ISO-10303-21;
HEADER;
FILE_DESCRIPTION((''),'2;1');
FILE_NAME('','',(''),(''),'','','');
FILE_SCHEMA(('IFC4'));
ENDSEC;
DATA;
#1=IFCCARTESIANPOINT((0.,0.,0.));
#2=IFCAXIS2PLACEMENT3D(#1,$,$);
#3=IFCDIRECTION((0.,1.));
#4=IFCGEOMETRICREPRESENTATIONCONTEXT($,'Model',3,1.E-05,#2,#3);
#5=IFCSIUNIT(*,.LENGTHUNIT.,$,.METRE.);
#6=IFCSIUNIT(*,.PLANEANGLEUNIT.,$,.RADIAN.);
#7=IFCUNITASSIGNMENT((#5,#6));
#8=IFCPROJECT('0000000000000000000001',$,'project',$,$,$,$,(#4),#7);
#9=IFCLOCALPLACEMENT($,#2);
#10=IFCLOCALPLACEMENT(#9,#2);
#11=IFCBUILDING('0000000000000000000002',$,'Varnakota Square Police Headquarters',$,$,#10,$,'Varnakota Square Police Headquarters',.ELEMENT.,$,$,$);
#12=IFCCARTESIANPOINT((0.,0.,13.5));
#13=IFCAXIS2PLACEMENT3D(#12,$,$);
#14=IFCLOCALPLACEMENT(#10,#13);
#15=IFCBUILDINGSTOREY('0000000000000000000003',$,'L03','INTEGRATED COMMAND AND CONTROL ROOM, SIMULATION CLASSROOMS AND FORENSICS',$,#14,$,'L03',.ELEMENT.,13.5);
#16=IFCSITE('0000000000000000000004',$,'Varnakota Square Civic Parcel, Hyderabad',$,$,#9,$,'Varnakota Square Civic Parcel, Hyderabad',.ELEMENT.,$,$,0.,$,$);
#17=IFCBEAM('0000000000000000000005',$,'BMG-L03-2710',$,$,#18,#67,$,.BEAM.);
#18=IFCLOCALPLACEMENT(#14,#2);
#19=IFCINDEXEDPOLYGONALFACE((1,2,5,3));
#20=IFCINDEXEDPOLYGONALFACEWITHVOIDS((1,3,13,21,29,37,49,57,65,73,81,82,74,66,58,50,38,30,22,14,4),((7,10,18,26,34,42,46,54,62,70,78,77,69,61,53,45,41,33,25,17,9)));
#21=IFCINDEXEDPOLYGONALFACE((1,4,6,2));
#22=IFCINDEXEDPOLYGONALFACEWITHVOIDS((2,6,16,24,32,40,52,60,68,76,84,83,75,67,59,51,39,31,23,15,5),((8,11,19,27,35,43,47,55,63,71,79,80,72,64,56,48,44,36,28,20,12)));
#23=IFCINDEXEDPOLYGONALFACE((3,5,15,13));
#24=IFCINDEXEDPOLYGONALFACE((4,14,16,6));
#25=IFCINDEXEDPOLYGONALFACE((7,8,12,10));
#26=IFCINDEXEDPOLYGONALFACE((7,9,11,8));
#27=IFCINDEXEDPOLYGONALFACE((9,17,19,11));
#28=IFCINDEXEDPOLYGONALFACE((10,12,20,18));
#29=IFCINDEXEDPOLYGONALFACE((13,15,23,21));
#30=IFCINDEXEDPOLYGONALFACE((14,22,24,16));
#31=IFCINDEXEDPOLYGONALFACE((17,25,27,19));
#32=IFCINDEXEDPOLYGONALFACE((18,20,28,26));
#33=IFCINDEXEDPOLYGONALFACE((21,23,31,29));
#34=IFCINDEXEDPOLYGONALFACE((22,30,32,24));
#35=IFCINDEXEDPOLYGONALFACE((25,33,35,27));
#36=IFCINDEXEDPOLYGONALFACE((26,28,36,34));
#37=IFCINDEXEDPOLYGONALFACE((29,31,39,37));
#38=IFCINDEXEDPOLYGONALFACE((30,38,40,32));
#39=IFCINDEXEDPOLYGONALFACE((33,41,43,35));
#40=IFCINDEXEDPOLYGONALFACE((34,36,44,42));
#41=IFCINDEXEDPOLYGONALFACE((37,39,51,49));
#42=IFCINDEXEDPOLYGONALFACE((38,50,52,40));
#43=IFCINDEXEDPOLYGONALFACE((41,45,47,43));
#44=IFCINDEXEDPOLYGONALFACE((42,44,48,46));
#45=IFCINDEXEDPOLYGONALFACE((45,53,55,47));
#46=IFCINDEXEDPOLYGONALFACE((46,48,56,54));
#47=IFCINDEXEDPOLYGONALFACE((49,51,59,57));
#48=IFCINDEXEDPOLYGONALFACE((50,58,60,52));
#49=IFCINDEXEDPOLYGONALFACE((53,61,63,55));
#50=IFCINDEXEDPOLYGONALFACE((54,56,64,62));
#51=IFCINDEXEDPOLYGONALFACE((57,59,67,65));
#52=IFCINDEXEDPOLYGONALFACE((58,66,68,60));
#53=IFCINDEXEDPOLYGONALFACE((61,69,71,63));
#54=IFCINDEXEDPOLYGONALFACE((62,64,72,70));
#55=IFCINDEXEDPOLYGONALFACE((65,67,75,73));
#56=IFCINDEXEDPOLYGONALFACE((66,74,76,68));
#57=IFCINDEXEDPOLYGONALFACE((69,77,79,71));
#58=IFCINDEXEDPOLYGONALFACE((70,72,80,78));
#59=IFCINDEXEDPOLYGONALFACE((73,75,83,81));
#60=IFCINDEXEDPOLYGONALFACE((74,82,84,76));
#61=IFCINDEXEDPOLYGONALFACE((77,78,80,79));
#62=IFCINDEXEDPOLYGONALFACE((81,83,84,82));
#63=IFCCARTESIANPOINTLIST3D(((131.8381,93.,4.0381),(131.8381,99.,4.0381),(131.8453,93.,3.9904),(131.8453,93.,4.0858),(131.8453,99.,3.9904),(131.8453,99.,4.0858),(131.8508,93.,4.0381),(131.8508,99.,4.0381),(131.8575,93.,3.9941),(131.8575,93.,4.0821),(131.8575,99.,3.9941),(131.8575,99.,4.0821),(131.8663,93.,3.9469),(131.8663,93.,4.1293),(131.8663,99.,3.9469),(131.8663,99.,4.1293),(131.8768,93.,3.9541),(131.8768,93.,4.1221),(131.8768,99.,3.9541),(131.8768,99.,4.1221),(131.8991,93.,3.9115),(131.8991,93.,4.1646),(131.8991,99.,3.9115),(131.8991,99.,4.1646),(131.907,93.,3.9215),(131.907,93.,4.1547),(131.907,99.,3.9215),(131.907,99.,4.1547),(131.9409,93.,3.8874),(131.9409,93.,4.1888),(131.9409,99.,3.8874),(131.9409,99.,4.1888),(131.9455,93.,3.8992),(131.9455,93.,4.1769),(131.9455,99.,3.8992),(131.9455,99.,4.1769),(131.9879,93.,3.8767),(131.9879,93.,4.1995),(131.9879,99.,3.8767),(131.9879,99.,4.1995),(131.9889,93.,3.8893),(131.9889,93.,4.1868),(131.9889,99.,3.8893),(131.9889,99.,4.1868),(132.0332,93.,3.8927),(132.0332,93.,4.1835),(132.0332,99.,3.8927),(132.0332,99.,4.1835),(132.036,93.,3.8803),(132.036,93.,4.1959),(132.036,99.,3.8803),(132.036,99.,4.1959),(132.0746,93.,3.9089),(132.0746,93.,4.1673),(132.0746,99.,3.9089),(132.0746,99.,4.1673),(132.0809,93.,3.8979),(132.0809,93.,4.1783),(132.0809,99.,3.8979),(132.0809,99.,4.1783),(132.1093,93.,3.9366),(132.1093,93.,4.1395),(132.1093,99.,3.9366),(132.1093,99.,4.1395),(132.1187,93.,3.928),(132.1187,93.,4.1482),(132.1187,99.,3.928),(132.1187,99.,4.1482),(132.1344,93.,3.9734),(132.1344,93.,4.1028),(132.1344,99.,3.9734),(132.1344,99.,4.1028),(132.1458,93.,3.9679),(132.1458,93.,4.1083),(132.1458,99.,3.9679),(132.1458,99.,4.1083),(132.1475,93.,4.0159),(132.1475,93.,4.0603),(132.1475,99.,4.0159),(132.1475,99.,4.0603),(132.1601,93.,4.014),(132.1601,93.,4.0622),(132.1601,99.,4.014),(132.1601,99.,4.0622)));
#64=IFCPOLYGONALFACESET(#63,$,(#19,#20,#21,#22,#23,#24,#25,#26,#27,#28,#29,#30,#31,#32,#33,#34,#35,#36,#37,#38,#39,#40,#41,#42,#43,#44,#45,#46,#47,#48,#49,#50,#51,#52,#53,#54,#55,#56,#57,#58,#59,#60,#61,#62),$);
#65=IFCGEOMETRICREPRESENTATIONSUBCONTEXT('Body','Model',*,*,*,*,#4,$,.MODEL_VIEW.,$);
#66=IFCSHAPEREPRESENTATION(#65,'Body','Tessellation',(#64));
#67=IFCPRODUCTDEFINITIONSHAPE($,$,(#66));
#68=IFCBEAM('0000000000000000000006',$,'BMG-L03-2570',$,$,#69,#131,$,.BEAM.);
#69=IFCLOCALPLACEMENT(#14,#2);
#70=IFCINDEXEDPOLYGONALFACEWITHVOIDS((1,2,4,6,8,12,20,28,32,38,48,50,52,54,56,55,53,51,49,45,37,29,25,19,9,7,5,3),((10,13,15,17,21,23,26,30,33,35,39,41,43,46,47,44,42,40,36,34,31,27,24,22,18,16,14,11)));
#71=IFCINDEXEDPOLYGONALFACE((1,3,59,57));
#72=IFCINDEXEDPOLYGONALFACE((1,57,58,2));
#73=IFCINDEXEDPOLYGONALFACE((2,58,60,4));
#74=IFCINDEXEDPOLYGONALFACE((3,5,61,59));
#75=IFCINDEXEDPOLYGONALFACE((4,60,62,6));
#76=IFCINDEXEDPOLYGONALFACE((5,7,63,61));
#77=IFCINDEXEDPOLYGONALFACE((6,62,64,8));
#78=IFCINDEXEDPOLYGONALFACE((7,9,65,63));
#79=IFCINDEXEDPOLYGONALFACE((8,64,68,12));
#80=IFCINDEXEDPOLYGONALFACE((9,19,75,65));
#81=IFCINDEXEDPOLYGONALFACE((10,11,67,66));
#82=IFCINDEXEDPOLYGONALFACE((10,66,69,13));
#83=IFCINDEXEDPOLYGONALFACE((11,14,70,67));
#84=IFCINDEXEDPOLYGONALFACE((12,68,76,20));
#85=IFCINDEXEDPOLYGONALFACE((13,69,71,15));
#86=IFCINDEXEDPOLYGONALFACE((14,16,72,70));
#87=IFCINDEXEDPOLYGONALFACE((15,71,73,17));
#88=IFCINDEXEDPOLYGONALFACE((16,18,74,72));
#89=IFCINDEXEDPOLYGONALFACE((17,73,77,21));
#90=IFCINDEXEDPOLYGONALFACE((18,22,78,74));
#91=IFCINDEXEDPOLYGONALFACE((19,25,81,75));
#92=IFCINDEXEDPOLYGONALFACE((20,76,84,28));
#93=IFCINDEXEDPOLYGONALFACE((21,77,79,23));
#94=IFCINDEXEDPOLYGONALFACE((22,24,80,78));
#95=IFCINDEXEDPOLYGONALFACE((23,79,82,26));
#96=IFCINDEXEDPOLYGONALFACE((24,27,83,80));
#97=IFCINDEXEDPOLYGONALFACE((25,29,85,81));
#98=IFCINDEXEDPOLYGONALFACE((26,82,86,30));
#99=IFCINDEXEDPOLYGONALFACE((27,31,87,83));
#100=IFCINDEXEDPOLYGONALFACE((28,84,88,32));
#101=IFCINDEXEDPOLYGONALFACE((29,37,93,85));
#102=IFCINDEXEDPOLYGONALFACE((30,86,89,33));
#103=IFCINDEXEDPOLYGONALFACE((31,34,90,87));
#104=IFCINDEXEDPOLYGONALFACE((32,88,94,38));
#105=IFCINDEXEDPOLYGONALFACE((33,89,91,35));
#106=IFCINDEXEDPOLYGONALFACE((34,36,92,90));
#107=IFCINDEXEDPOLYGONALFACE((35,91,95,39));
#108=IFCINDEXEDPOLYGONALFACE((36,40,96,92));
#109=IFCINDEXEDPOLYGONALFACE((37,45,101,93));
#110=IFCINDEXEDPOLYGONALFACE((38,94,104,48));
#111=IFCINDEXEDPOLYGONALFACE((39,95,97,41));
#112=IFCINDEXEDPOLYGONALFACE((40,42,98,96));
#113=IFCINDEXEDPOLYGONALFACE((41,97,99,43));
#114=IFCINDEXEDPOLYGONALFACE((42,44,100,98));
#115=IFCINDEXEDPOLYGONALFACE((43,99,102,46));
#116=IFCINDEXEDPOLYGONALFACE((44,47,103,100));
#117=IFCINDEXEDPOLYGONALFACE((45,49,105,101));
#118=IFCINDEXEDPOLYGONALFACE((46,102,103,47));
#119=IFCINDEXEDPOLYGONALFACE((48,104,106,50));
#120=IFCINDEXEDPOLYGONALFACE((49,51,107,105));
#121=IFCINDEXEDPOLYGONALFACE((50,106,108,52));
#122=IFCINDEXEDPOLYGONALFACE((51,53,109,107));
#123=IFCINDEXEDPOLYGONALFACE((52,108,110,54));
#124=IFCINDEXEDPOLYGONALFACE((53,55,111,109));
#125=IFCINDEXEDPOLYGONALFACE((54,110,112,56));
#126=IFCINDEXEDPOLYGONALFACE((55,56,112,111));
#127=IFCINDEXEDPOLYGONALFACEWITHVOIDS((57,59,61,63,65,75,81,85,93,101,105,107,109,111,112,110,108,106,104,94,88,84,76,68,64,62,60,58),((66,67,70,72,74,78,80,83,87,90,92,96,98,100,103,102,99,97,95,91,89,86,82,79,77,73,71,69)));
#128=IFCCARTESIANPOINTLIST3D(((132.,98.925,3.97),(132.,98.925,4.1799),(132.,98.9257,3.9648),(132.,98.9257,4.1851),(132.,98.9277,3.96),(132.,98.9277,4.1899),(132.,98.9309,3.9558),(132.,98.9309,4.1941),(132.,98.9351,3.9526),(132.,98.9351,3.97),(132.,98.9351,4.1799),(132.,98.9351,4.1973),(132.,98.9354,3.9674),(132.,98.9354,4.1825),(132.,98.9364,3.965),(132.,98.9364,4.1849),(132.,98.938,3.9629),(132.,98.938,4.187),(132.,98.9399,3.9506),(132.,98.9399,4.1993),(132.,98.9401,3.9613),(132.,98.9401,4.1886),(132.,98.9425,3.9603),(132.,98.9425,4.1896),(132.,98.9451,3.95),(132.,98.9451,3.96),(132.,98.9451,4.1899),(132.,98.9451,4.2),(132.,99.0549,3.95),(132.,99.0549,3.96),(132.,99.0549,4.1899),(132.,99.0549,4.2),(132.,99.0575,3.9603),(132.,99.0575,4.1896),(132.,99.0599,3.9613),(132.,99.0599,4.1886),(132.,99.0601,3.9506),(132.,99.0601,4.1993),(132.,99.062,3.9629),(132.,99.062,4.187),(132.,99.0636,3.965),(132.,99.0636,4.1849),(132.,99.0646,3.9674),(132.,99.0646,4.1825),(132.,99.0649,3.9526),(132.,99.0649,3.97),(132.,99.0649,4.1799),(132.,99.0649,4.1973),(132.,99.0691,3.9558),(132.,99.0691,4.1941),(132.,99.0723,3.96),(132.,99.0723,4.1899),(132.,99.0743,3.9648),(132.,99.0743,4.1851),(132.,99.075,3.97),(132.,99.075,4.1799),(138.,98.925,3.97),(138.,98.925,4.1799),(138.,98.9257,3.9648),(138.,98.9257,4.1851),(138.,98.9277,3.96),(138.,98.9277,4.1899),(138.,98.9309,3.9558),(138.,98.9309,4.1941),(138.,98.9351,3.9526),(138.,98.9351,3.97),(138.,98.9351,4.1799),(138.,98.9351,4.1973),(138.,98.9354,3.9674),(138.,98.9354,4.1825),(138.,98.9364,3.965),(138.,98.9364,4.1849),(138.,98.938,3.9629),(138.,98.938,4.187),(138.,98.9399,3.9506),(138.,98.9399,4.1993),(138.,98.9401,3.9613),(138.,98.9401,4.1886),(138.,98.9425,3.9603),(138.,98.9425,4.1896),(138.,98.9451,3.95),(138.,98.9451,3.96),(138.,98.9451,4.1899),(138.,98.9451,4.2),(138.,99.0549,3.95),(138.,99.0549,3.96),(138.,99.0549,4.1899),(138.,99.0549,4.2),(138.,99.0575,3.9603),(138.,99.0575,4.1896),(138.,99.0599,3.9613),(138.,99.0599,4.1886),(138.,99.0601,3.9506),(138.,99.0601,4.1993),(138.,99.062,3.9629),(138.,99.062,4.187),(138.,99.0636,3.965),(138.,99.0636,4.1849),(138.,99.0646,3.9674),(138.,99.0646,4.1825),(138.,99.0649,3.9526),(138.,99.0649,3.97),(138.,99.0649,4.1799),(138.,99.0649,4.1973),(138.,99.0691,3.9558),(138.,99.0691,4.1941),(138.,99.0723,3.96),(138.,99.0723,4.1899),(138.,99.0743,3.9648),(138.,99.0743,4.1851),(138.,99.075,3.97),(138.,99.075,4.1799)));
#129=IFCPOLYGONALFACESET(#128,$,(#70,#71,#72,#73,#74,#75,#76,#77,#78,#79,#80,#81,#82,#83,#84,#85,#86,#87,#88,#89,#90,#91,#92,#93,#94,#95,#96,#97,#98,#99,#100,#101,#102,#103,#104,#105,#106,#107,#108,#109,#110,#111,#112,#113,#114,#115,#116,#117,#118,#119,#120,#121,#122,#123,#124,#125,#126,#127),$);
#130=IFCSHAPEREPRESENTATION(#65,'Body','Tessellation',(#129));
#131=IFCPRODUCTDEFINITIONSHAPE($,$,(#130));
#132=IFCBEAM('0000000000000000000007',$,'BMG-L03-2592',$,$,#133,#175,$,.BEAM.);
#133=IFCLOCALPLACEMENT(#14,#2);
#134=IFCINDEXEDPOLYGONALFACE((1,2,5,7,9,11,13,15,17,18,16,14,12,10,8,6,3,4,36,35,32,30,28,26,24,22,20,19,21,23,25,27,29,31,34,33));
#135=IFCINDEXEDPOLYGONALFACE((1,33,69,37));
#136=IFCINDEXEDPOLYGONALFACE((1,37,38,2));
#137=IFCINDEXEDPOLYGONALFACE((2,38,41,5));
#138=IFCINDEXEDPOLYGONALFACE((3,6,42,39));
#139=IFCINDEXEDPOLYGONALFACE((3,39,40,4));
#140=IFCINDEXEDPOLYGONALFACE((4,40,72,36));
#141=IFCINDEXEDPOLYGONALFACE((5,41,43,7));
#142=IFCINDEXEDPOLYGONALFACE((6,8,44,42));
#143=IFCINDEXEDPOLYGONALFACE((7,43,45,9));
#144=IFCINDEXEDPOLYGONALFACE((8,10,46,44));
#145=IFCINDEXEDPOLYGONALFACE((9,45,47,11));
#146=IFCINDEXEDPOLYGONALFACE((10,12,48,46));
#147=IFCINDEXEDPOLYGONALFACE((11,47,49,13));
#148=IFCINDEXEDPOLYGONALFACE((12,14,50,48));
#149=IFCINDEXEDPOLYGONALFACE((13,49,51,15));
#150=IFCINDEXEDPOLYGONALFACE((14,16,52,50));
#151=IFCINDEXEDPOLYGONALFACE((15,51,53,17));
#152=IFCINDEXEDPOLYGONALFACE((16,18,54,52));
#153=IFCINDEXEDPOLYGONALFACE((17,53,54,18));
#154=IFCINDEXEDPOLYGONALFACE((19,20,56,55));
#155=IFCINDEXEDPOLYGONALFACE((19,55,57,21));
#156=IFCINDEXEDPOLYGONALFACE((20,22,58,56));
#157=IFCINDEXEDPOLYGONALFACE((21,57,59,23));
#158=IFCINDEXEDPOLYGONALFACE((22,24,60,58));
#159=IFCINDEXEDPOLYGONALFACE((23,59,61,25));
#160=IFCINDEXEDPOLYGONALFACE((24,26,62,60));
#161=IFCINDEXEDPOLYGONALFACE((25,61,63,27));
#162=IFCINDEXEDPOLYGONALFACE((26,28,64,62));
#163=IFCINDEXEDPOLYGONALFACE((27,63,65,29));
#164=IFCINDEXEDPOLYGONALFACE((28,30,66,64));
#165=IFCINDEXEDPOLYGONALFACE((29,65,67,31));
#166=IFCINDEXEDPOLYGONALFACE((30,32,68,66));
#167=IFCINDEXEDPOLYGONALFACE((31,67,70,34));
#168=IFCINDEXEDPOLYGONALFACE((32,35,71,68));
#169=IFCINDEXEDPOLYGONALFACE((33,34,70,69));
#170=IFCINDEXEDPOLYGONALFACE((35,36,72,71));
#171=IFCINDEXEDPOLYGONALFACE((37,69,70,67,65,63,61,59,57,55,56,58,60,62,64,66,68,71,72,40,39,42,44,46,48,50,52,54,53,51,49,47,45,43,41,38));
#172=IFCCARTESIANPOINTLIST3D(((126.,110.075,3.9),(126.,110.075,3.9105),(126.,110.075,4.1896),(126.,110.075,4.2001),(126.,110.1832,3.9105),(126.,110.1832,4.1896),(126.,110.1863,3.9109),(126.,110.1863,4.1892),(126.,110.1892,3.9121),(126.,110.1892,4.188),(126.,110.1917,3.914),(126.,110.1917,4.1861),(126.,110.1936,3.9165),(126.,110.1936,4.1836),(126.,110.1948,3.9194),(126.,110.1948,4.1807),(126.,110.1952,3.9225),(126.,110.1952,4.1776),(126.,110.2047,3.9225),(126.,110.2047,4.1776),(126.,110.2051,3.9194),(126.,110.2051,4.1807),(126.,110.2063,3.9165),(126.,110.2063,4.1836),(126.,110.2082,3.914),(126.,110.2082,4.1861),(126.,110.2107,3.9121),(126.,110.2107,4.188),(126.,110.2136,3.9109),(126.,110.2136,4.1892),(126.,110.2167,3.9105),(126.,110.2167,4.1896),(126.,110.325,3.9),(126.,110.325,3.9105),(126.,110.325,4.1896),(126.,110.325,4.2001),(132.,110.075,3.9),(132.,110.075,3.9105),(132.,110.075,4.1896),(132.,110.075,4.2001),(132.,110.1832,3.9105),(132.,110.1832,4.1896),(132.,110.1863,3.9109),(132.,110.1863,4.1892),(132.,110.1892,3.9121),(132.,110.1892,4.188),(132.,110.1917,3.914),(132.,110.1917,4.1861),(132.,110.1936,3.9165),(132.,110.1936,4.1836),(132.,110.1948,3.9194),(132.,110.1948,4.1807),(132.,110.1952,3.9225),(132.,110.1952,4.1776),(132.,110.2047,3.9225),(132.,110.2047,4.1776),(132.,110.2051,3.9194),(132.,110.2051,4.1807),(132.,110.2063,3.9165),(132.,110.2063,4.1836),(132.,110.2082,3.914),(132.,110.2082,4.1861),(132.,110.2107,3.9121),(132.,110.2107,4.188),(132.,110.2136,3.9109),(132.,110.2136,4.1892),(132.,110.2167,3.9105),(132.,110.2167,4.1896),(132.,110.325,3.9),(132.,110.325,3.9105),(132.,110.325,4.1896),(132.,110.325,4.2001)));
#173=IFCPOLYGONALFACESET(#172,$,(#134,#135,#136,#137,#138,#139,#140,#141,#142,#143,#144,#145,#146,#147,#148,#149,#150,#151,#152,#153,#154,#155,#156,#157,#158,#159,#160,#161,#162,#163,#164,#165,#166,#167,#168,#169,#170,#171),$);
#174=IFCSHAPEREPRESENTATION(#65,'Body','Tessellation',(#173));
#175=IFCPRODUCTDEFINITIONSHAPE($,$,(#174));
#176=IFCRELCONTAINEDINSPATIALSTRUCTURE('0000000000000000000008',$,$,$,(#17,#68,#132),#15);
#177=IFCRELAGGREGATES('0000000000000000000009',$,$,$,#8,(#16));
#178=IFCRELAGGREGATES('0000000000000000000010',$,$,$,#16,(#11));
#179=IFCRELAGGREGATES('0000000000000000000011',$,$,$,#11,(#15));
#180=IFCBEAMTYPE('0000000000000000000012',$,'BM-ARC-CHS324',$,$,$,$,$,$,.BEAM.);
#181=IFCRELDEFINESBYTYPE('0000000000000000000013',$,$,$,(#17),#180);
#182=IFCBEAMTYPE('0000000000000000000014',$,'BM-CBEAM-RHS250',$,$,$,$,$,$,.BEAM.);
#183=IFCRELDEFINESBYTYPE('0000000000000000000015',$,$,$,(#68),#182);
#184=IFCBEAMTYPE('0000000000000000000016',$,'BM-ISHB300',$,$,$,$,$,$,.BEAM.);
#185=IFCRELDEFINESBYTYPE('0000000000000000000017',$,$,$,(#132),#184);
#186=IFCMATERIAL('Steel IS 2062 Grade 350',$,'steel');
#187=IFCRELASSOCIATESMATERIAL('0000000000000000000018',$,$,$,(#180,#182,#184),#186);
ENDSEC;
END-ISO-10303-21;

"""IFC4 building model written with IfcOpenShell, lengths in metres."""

from ifc_helpers import new_model, si_unit, direction, frame, origin, origin_2d, place, context, subcontext, project, spatial, hollow_rectangle, hollow_circle, i_section, extrude, material, material_profile, profile_set, type_object, element, save


model = new_model("IFC4")

# Units and contexts
model_context = context("Model", 3, precision=1e-05, world=origin(), true_north=direction((0.0, 1.0)))
body_context = subcontext(model_context, "Body", "Model", "MODEL_VIEW")
ifc_project = project(units=[si_unit("LENGTHUNIT", "METRE"), si_unit("PLANEANGLEUNIT", "RADIAN")], contexts=[model_context])

# Site, building, storey
site_placement = place(None, origin())
site = spatial("IfcSite", under=ifc_project, at=site_placement, Name="Varnakota Square Civic Parcel, Hyderabad", LongName="Varnakota Square Civic Parcel, Hyderabad", CompositionType="ELEMENT", RefElevation=0.0)
building_placement = place(site_placement, origin())
building = spatial("IfcBuilding", under=site, at=building_placement, Name="Varnakota Square Police Headquarters", LongName="Varnakota Square Police Headquarters", CompositionType="ELEMENT")
storey_placement = place(building_placement, frame((0.0, 0.0, 13.5)))
storey = spatial("IfcBuildingStorey", under=building, at=storey_placement, Name="L03", Description="INTEGRATED COMMAND AND CONTROL ROOM, SIMULATION CLASSROOMS AND FORENSICS", LongName="L03", CompositionType="ELEMENT", Elevation=13.5)

# Shared definitions
ifc_material_1 = material(Name="Steel IS 2062 Grade 350", Category="steel")

# Beams
ifc_material_profile_1 = material_profile(ifc_material_1, hollow_circle(Radius=0.1619, WallThickness=0.0127, at=origin_2d()), Name="CHS 323.9x12.7")
ifc_profile_set_1 = profile_set([ifc_material_profile_1], Name="Steel IS 2062 Grade 350")
beam_type_1 = type_object("IfcBeamType", Name="BM-ARC-CHS324", PredefinedType="BEAM", material=ifc_profile_set_1)
beam_1_placement = place(storey_placement, frame((132.0, 93.0, 4.0381), z_axis=(0.0, 1.0, 0.0), x_axis=(-1.0, 0.0, 0.0)))
element("IfcBeam", 1, at=beam_1_placement, inside=storey, type_object=beam_type_1, Name="BMG-L03-2710", PredefinedType="BEAM", context=body_context, shape_type="SweptSolid", body=[
    extrude(hollow_circle(Radius=0.1619, WallThickness=0.0127, at=origin_2d()), origin(), (0.0, 0.0, 1.0), 6.0),
])
ifc_material_profile_2 = material_profile(ifc_material_1, hollow_rectangle(XDim=0.1499, YDim=0.25, WallThickness=0.01, InnerFilletRadius=0.01, OuterFilletRadius=0.02, at=origin_2d()), Name="RHS 250x150x10")
ifc_profile_set_2 = profile_set([ifc_material_profile_2], Name="Steel IS 2062 Grade 350")
beam_type_2 = type_object("IfcBeamType", Name="BM-CBEAM-RHS250", PredefinedType="BEAM", material=ifc_profile_set_2)
beam_2_placement = place(storey_placement, frame((132.0, 99.0, 4.075), z_axis=(1.0, 0.0, 0.0), x_axis=(0.0, 1.0, 0.0)))
element("IfcBeam", 2, at=beam_2_placement, inside=storey, type_object=beam_type_2, Name="BMG-L03-2570", PredefinedType="BEAM", context=body_context, shape_type="SweptSolid", body=[
    extrude(hollow_rectangle(XDim=0.1499, YDim=0.25, WallThickness=0.01, InnerFilletRadius=0.01, OuterFilletRadius=0.02, at=origin_2d()), origin(), (0.0, 0.0, 1.0), 6.0),
])
ifc_material_profile_3 = material_profile(ifc_material_1, i_section(OverallWidth=0.25, OverallDepth=0.3, WebThickness=0.0095, FlangeThickness=0.0105, FilletRadius=0.012, at=origin_2d()), Name="ISHB 300")
ifc_profile_set_3 = profile_set([ifc_material_profile_3], Name="Steel IS 2062 Grade 350")
beam_type_3 = type_object("IfcBeamType", Name="BM-ISHB300", PredefinedType="BEAM", material=ifc_profile_set_3)
beam_3_placement = place(storey_placement, frame((126.0, 110.2, 4.05), z_axis=(1.0, 0.0, 0.0), x_axis=(0.0, 1.0, 0.0)))
element("IfcBeam", 3, at=beam_3_placement, inside=storey, type_object=beam_type_3, Name="BMG-L03-2592", PredefinedType="BEAM", context=body_context, shape_type="SweptSolid", body=[
    extrude(i_section(OverallWidth=0.25, OverallDepth=0.3, WebThickness=0.0095, FlangeThickness=0.0105, FilletRadius=0.012, at=origin_2d()), origin(), (0.0, 0.0, 1.0), 6.0),
])

save(model, "model.ifc")
